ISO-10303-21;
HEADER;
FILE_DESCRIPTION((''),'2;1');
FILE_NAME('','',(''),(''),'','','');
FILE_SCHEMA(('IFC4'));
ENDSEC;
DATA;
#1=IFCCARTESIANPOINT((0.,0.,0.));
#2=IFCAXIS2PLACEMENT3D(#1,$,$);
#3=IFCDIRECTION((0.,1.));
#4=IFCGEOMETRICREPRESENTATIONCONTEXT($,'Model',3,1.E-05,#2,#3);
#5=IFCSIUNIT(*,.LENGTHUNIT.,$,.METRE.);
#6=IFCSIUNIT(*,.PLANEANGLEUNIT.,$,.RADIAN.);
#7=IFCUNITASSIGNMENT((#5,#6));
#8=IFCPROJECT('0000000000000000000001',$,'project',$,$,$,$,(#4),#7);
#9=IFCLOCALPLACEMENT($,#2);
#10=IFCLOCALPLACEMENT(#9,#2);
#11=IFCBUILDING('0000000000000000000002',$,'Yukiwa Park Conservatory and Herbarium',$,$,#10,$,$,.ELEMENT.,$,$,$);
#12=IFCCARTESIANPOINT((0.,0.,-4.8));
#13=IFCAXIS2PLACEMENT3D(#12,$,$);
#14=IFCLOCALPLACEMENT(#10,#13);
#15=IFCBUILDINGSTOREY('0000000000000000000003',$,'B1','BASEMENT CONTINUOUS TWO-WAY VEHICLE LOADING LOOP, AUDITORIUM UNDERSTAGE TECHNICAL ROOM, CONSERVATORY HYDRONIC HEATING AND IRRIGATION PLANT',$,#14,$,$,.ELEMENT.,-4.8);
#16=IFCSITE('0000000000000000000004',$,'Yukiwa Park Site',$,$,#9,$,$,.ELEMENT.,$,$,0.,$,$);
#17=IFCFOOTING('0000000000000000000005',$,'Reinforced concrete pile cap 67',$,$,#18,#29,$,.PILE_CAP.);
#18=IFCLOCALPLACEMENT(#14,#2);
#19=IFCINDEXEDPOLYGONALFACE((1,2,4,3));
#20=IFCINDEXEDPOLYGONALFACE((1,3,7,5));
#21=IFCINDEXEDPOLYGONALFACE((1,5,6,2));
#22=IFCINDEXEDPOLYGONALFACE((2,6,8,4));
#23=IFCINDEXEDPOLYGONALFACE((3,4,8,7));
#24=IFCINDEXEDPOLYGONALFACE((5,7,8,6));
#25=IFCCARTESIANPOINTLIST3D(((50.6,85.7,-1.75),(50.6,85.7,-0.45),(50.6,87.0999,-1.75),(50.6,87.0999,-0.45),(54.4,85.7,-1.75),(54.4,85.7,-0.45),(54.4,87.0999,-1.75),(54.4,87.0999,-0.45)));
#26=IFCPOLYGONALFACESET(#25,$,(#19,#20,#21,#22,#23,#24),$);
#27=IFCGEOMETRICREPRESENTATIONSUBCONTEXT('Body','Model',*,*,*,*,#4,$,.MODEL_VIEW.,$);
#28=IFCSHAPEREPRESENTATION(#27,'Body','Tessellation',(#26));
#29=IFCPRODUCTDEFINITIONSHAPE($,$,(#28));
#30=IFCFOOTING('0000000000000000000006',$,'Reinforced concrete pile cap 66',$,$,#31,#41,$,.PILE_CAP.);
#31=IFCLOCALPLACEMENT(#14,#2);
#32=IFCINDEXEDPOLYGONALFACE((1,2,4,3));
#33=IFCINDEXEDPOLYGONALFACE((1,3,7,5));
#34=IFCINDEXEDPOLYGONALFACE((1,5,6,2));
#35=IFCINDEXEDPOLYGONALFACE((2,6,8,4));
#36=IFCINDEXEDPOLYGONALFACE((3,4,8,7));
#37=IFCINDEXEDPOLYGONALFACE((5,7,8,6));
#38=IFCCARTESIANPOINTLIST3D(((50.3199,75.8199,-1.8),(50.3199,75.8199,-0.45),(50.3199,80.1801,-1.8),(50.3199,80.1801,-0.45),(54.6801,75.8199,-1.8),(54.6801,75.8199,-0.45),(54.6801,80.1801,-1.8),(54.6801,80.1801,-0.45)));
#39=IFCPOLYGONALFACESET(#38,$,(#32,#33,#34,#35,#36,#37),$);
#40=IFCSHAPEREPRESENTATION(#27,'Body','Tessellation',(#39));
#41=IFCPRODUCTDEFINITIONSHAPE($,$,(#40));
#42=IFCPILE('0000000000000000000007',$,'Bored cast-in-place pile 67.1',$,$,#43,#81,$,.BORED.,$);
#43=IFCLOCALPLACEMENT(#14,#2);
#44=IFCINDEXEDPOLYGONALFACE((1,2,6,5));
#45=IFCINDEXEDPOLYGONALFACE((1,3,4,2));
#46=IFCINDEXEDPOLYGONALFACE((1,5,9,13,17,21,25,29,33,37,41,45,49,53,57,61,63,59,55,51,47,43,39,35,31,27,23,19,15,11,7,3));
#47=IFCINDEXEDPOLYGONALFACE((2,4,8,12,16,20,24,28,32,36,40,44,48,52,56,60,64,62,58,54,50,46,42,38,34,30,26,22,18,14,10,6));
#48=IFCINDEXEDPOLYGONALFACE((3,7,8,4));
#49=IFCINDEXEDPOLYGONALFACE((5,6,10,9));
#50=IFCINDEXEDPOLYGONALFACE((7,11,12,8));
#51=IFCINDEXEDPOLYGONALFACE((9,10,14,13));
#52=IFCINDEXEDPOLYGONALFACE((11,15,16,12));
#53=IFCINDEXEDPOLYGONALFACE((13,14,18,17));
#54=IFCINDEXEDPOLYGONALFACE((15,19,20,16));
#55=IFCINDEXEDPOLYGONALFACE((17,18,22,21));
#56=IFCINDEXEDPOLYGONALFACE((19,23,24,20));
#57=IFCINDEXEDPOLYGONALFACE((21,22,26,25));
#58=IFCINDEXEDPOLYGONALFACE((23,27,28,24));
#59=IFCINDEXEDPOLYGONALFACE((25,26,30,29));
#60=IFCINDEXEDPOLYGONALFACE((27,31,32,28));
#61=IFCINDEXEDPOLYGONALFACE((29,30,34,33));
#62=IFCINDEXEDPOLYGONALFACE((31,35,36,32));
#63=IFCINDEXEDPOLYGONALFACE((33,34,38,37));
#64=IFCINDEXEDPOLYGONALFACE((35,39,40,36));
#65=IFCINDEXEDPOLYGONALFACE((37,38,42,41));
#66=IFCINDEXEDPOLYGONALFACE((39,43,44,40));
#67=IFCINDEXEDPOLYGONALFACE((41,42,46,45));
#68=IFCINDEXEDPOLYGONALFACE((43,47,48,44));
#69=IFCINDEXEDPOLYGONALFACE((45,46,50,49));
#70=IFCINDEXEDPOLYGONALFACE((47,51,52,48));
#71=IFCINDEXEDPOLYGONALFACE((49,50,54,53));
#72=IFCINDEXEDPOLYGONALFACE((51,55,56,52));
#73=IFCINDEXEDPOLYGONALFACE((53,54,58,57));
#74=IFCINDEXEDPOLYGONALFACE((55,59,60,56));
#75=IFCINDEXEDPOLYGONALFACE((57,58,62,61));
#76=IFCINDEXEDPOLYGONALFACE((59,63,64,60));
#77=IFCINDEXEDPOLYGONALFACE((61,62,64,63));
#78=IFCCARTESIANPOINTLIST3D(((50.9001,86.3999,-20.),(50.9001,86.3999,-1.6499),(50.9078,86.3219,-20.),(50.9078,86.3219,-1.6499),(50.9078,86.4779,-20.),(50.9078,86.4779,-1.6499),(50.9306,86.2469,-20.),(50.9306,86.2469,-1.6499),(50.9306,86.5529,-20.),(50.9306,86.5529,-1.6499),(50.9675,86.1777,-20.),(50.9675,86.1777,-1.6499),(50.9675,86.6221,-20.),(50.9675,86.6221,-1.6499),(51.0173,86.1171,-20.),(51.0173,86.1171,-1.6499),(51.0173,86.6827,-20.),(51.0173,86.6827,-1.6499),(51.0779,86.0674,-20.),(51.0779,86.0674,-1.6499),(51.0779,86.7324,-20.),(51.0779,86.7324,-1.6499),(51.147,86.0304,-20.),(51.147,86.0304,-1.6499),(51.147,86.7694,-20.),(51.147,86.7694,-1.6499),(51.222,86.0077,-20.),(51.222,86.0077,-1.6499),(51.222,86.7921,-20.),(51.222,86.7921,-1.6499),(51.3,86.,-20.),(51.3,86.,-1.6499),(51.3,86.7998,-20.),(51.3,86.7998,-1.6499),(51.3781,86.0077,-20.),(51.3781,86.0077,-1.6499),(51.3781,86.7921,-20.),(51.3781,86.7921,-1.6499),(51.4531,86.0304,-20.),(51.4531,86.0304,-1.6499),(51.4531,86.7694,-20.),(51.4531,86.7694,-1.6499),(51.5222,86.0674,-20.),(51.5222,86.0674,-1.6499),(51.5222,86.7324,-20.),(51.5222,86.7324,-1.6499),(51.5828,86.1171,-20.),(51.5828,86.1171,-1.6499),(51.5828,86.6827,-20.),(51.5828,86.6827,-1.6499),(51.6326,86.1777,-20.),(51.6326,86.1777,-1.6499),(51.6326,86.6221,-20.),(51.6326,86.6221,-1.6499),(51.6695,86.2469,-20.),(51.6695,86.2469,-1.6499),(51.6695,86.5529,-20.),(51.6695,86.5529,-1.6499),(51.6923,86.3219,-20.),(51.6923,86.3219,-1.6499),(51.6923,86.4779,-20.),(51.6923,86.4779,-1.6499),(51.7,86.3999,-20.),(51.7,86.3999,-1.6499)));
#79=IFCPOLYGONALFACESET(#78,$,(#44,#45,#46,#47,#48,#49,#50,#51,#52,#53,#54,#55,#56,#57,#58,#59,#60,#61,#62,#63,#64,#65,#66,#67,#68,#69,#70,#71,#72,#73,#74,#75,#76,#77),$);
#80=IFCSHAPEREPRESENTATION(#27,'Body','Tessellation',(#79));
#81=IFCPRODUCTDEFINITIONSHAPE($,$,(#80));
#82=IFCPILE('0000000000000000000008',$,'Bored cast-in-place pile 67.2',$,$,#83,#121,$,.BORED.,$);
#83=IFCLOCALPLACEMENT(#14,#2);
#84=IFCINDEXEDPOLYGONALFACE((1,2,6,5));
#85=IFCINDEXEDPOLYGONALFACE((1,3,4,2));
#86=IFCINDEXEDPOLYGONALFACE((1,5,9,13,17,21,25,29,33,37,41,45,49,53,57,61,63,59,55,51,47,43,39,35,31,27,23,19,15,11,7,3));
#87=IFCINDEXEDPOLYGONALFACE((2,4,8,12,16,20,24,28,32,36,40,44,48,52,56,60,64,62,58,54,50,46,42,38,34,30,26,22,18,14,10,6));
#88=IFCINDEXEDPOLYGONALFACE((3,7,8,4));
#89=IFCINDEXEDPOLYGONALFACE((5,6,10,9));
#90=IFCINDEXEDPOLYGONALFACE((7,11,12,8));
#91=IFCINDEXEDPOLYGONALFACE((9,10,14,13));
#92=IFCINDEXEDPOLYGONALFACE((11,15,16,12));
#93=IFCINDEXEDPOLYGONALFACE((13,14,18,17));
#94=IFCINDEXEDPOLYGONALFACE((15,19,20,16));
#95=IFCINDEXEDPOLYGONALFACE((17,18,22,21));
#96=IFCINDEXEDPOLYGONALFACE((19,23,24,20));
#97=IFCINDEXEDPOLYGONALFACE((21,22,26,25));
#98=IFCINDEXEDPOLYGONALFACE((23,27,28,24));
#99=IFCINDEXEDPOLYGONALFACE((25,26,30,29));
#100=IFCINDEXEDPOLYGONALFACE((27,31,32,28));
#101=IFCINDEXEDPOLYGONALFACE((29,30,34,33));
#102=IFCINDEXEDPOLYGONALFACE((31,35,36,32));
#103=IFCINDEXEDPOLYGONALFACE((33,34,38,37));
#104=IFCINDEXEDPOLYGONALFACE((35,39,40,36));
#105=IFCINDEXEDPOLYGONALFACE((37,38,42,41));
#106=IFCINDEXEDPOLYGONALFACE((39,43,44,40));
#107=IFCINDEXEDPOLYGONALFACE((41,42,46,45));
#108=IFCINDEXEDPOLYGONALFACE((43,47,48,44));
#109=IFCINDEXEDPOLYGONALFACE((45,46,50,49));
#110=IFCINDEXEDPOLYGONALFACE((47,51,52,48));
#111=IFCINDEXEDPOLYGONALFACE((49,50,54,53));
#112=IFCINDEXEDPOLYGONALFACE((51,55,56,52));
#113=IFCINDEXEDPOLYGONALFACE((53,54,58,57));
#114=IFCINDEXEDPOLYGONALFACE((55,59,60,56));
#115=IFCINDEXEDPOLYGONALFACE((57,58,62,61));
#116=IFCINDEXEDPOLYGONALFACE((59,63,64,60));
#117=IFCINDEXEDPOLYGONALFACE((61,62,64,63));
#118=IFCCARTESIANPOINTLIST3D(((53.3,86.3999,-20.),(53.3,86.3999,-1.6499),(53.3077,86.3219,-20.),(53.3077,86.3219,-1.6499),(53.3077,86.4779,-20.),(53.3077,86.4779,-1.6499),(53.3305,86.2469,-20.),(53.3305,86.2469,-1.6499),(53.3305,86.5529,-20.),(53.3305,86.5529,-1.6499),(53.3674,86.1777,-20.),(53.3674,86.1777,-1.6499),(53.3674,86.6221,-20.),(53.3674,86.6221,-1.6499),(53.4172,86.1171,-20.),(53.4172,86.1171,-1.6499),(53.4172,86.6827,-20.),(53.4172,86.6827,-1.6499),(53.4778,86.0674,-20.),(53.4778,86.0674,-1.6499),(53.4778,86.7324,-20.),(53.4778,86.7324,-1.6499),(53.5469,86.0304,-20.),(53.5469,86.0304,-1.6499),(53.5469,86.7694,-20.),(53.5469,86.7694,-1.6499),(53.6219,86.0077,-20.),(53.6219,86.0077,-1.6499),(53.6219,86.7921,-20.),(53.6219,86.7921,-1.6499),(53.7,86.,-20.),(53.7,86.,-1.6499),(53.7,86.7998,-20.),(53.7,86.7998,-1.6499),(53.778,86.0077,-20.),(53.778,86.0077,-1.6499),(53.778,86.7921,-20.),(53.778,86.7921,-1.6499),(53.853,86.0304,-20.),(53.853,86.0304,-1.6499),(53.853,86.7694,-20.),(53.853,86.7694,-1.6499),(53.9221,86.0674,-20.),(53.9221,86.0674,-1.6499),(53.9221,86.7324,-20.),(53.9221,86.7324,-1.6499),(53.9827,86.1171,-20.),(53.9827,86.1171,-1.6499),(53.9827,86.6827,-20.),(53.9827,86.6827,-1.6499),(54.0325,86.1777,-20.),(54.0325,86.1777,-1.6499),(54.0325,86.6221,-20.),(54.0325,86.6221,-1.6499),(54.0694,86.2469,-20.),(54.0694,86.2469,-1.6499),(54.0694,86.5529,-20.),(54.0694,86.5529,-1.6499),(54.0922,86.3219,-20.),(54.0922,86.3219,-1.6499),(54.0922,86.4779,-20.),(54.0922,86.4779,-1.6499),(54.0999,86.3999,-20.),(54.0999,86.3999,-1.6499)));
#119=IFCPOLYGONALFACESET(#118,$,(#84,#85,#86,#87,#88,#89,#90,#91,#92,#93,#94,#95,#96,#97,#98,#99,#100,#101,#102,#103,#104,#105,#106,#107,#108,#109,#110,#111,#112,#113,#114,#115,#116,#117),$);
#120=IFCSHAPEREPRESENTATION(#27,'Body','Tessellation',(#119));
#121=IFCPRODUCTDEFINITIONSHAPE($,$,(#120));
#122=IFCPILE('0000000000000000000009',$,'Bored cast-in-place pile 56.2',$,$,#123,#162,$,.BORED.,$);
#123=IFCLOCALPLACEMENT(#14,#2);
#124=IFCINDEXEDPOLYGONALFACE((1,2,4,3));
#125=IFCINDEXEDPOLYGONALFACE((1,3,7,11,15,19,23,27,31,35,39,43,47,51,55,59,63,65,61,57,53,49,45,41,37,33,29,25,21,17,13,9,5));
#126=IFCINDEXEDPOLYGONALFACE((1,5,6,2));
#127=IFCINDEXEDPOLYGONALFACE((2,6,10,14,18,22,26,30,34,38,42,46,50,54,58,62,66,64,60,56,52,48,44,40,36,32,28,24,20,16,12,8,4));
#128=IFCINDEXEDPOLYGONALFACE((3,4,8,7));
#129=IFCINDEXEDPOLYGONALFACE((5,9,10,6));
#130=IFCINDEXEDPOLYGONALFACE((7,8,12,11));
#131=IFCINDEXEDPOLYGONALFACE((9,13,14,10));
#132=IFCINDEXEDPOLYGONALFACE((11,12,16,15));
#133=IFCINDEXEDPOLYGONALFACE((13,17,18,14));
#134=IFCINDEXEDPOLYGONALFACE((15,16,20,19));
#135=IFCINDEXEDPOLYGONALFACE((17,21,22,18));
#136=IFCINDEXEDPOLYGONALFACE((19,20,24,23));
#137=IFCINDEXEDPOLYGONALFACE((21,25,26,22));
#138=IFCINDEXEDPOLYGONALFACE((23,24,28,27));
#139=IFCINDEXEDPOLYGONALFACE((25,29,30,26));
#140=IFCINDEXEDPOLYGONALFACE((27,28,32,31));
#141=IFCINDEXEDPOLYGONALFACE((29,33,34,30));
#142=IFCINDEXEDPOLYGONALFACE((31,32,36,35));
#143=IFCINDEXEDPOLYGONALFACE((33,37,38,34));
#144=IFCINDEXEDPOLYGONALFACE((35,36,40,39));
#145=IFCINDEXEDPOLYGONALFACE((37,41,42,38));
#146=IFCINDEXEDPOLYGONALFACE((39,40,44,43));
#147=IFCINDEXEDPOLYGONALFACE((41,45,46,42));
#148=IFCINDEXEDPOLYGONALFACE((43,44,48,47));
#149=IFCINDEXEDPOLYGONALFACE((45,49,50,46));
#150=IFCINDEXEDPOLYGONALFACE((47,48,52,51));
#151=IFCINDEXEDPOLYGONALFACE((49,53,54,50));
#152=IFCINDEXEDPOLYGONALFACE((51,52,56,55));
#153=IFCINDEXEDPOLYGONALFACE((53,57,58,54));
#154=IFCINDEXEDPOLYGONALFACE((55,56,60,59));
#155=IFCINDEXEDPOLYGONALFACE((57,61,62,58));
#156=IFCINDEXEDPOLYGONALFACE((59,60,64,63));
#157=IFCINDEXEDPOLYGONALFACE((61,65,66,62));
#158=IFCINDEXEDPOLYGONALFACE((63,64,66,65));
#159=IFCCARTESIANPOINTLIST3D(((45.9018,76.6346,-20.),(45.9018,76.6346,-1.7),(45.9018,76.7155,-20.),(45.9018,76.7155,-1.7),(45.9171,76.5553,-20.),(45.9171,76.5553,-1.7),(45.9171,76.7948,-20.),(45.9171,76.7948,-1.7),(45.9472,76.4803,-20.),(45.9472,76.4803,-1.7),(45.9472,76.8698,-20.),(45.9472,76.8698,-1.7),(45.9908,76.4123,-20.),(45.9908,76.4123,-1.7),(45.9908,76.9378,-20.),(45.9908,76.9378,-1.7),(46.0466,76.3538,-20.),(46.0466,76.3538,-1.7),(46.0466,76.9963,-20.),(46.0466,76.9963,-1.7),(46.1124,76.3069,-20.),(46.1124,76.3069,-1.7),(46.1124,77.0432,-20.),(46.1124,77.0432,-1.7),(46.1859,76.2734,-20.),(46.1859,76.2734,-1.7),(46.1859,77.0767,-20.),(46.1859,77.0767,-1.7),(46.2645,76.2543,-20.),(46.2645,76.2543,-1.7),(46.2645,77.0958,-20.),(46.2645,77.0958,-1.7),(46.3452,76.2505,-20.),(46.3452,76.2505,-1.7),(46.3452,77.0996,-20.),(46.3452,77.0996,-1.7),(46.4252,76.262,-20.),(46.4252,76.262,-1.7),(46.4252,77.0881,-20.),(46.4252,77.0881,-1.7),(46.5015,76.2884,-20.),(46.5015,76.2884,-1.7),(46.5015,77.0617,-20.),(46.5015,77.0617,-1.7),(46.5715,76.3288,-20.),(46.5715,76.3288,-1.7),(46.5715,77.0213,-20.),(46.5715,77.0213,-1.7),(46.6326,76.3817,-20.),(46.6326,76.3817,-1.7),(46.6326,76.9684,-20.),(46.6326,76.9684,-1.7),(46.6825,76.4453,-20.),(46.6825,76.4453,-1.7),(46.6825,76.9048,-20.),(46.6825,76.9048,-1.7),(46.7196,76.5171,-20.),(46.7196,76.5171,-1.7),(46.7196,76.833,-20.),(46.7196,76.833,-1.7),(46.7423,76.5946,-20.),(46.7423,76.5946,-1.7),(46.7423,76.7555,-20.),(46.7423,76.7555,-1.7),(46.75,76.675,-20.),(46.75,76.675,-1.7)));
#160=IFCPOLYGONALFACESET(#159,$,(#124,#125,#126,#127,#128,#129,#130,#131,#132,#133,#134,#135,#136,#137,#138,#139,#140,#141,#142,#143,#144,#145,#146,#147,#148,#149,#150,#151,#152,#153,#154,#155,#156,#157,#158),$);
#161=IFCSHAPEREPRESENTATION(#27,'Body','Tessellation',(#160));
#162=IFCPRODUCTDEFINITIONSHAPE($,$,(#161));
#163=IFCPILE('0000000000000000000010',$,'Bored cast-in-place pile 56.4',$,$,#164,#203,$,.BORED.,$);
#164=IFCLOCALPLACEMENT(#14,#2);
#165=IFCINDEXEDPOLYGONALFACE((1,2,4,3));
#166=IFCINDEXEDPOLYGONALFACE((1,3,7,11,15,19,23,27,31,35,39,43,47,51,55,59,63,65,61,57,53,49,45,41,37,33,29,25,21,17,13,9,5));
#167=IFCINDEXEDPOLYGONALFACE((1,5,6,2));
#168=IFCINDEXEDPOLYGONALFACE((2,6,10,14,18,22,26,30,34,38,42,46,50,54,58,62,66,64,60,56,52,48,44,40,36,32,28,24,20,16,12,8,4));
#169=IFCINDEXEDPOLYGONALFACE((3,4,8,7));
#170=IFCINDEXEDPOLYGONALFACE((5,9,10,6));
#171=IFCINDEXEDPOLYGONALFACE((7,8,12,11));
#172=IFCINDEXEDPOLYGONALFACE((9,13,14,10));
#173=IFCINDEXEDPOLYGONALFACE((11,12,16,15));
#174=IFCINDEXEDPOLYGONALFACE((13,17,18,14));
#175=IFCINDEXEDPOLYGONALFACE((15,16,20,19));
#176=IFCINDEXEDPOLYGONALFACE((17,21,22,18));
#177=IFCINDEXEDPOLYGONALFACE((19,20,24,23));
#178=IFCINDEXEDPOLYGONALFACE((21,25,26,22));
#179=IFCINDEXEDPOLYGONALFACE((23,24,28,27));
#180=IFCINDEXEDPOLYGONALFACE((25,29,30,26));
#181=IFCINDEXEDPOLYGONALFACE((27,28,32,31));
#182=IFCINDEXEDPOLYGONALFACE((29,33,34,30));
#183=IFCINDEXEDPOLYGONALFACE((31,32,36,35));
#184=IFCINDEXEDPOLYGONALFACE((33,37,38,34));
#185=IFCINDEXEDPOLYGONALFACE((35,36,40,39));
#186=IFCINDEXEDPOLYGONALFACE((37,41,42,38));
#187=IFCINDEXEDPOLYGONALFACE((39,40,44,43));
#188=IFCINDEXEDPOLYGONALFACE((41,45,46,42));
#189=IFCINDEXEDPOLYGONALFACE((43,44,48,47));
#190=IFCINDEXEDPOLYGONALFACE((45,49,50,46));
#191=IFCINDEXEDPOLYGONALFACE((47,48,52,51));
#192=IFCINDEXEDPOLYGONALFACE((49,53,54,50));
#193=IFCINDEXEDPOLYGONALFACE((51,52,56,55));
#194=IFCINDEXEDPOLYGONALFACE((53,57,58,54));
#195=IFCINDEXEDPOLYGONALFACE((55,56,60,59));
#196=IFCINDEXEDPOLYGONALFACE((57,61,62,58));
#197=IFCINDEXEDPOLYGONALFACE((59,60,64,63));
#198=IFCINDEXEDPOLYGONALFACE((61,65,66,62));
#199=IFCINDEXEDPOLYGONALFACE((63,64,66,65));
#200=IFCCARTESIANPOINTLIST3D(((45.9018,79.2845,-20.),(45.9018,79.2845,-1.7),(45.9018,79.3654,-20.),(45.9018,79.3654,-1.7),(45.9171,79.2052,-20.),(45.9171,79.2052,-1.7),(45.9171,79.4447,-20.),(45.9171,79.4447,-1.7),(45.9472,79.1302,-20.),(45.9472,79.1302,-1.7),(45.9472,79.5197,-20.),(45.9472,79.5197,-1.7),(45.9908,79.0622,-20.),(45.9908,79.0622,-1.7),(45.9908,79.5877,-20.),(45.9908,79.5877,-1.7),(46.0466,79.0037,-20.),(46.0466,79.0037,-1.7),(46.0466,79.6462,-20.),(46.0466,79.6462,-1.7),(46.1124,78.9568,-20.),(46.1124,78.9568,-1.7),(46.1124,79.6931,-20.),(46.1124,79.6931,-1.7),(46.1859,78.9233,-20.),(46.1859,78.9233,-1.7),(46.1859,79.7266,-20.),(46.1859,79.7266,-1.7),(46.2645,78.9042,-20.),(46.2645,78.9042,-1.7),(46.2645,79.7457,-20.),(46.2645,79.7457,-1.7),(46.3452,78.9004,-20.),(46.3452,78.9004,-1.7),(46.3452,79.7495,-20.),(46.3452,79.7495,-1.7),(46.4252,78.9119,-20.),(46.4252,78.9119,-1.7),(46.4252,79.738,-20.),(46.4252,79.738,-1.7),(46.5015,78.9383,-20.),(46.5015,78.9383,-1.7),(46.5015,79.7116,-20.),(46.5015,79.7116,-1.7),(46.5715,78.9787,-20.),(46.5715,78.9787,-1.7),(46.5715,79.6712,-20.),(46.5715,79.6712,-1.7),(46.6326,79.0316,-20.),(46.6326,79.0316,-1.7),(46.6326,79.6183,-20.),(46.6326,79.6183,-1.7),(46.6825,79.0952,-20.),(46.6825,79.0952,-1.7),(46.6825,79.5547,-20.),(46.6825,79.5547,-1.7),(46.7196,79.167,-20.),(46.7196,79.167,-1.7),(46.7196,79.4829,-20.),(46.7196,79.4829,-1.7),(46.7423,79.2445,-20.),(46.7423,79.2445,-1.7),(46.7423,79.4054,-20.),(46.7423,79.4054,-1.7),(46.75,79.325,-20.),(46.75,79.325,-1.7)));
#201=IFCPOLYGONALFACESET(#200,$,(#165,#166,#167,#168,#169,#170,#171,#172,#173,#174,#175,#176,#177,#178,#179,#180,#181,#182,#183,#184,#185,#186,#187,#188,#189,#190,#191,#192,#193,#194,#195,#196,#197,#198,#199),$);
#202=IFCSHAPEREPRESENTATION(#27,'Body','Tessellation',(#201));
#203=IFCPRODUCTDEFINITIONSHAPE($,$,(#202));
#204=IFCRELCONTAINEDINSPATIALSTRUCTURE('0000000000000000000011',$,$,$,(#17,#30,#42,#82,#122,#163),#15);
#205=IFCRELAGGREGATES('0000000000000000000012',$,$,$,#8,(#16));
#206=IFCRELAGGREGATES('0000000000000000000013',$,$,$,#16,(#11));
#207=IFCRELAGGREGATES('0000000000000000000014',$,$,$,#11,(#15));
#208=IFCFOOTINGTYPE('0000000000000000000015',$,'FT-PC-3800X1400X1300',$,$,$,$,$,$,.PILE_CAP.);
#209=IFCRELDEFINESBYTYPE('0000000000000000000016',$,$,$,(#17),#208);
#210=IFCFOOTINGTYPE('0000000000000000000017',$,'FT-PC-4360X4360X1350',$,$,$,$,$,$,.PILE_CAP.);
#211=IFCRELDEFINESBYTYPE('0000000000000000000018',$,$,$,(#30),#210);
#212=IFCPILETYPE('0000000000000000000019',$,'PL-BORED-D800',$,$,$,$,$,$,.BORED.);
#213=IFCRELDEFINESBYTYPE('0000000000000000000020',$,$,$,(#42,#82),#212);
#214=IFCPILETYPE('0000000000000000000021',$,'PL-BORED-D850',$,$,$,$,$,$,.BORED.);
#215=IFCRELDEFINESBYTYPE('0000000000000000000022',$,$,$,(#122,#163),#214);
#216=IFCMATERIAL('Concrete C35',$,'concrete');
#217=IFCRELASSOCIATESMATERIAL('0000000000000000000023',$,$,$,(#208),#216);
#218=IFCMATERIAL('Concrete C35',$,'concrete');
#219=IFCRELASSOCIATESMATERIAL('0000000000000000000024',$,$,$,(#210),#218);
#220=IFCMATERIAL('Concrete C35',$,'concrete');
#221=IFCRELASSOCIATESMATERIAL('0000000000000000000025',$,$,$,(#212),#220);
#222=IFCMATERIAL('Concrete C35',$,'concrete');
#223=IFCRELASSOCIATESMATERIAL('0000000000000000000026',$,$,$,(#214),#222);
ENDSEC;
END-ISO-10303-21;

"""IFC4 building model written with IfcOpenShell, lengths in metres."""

from ifc_helpers import new_model, si_unit, direction, frame, origin, origin_2d, place, context, subcontext, project, spatial, rectangle, circle, extrude, material, material_profile, profile_set, type_object, element, save


model = new_model("IFC4")

# Units and contexts
model_context = context("Model", 3, precision=1e-05, world=origin(), true_north=direction((0.0, 1.0)))
body_context = subcontext(model_context, "Body", "Model", "MODEL_VIEW")
ifc_project = project(units=[si_unit("LENGTHUNIT", "METRE"), si_unit("PLANEANGLEUNIT", "RADIAN")], contexts=[model_context])

# Site, building, storey
site_placement = place(None, origin())
site = spatial("IfcSite", under=ifc_project, at=site_placement, Name="Yukiwa Park Site", CompositionType="ELEMENT", RefElevation=0.0)
building_placement = place(site_placement, origin())
building = spatial("IfcBuilding", under=site, at=building_placement, Name="Yukiwa Park Conservatory and Herbarium", CompositionType="ELEMENT")
storey_placement = place(building_placement, frame((0.0, 0.0, -4.8)))
storey = spatial("IfcBuildingStorey", under=building, at=storey_placement, Name="B1", Description="BASEMENT CONTINUOUS TWO-WAY VEHICLE LOADING LOOP, AUDITORIUM UNDERSTAGE TECHNICAL ROOM, CONSERVATORY HYDRONIC HEATING AND IRRIGATION PLANT", CompositionType="ELEMENT", Elevation=-4.8)

# Footings
ifc_material_1 = material(Name="Concrete C35", Category="concrete")
footing_type_1 = type_object("IfcFootingType", Name="FT-PC-3800X1400X1300", PredefinedType="PILE_CAP", material=ifc_material_1)
footing_1_placement = place(storey_placement, frame((52.5, 86.3999, -1.75), z_axis=(0.0, 0.0, 1.0), x_axis=(1.0, 0.0, 0.0)))
element("IfcFooting", 1, at=footing_1_placement, inside=storey, type_object=footing_type_1, Name="Reinforced concrete pile cap 67", PredefinedType="PILE_CAP", context=body_context, shape_type="SweptSolid", body=[
    extrude(rectangle(XDim=3.8, YDim=1.3999, at=origin_2d()), origin(), (0.0, 0.0, 1.0), 1.3),
])
ifc_material_2 = material(Name="Concrete C35", Category="concrete")
footing_type_2 = type_object("IfcFootingType", Name="FT-PC-4360X4360X1350", PredefinedType="PILE_CAP", material=ifc_material_2)
footing_2_placement = place(storey_placement, frame((52.5, 78.0, -1.8), z_axis=(0.0, 0.0, 1.0), x_axis=(1.0, 0.0, 0.0)))
element("IfcFooting", 2, at=footing_2_placement, inside=storey, type_object=footing_type_2, Name="Reinforced concrete pile cap 66", PredefinedType="PILE_CAP", context=body_context, shape_type="SweptSolid", body=[
    extrude(rectangle(XDim=4.3601, YDim=4.3601, at=origin_2d()), origin(), (0.0, 0.0, 1.0), 1.3501),
])

# Piles
ifc_material_3 = material(Name="Concrete C35", Category="concrete")
ifc_material_profile_1 = material_profile(ifc_material_3, circle(Radius=0.3999, at=origin_2d()), Name="PILE D800")
ifc_profile_set_1 = profile_set([ifc_material_profile_1], Name="Concrete C35")
pile_type_1 = type_object("IfcPileType", Name="PL-BORED-D800", PredefinedType="BORED", material=ifc_profile_set_1)
for number, where, z_axis, x_axis, name in (
    (3, (51.3, 86.3999, -1.6499), (0.0, 0.0, -1.0), (1.0, 0.0, 0.0), "Bored cast-in-place pile 67.1"),
    (4, (53.7, 86.3999, -1.6499), (0.0, 0.0, -1.0), (1.0, 0.0, 0.0), "Bored cast-in-place pile 67.2"),
):
    element("IfcPile", number, at=place(storey_placement, frame(where, z_axis=z_axis, x_axis=x_axis)), inside=storey, type_object=pile_type_1, Name=name, PredefinedType="BORED", context=body_context, shape_type="SweptSolid", body=[
        extrude(circle(Radius=0.3999, at=origin_2d()), origin(), (0.0, 0.0, 1.0), 18.3501),
    ])
ifc_material_4 = material(Name="Concrete C35", Category="concrete")
ifc_material_profile_2 = material_profile(ifc_material_4, circle(Radius=0.425, at=origin_2d()), Name="PILE D850")
ifc_profile_set_2 = profile_set([ifc_material_profile_2], Name="Concrete C35")
pile_type_2 = type_object("IfcPileType", Name="PL-BORED-D850", PredefinedType="BORED", material=ifc_profile_set_2)
for number, where, z_axis, x_axis, name in (
    (5, (46.325, 76.675, -1.7), (0.0, 0.0, -1.0), (1.0, 0.0, 0.0), "Bored cast-in-place pile 56.2"),
    (6, (46.325, 79.325, -1.7), (0.0, 0.0, -1.0), (1.0, 0.0, 0.0), "Bored cast-in-place pile 56.4"),
):
    element("IfcPile", number, at=place(storey_placement, frame(where, z_axis=z_axis, x_axis=x_axis)), inside=storey, type_object=pile_type_2, Name=name, PredefinedType="BORED", context=body_context, shape_type="SweptSolid", body=[
        extrude(circle(Radius=0.425, at=origin_2d()), origin(), (0.0, 0.0, 1.0), 18.3),
    ])

save(model, "model.ifc")
